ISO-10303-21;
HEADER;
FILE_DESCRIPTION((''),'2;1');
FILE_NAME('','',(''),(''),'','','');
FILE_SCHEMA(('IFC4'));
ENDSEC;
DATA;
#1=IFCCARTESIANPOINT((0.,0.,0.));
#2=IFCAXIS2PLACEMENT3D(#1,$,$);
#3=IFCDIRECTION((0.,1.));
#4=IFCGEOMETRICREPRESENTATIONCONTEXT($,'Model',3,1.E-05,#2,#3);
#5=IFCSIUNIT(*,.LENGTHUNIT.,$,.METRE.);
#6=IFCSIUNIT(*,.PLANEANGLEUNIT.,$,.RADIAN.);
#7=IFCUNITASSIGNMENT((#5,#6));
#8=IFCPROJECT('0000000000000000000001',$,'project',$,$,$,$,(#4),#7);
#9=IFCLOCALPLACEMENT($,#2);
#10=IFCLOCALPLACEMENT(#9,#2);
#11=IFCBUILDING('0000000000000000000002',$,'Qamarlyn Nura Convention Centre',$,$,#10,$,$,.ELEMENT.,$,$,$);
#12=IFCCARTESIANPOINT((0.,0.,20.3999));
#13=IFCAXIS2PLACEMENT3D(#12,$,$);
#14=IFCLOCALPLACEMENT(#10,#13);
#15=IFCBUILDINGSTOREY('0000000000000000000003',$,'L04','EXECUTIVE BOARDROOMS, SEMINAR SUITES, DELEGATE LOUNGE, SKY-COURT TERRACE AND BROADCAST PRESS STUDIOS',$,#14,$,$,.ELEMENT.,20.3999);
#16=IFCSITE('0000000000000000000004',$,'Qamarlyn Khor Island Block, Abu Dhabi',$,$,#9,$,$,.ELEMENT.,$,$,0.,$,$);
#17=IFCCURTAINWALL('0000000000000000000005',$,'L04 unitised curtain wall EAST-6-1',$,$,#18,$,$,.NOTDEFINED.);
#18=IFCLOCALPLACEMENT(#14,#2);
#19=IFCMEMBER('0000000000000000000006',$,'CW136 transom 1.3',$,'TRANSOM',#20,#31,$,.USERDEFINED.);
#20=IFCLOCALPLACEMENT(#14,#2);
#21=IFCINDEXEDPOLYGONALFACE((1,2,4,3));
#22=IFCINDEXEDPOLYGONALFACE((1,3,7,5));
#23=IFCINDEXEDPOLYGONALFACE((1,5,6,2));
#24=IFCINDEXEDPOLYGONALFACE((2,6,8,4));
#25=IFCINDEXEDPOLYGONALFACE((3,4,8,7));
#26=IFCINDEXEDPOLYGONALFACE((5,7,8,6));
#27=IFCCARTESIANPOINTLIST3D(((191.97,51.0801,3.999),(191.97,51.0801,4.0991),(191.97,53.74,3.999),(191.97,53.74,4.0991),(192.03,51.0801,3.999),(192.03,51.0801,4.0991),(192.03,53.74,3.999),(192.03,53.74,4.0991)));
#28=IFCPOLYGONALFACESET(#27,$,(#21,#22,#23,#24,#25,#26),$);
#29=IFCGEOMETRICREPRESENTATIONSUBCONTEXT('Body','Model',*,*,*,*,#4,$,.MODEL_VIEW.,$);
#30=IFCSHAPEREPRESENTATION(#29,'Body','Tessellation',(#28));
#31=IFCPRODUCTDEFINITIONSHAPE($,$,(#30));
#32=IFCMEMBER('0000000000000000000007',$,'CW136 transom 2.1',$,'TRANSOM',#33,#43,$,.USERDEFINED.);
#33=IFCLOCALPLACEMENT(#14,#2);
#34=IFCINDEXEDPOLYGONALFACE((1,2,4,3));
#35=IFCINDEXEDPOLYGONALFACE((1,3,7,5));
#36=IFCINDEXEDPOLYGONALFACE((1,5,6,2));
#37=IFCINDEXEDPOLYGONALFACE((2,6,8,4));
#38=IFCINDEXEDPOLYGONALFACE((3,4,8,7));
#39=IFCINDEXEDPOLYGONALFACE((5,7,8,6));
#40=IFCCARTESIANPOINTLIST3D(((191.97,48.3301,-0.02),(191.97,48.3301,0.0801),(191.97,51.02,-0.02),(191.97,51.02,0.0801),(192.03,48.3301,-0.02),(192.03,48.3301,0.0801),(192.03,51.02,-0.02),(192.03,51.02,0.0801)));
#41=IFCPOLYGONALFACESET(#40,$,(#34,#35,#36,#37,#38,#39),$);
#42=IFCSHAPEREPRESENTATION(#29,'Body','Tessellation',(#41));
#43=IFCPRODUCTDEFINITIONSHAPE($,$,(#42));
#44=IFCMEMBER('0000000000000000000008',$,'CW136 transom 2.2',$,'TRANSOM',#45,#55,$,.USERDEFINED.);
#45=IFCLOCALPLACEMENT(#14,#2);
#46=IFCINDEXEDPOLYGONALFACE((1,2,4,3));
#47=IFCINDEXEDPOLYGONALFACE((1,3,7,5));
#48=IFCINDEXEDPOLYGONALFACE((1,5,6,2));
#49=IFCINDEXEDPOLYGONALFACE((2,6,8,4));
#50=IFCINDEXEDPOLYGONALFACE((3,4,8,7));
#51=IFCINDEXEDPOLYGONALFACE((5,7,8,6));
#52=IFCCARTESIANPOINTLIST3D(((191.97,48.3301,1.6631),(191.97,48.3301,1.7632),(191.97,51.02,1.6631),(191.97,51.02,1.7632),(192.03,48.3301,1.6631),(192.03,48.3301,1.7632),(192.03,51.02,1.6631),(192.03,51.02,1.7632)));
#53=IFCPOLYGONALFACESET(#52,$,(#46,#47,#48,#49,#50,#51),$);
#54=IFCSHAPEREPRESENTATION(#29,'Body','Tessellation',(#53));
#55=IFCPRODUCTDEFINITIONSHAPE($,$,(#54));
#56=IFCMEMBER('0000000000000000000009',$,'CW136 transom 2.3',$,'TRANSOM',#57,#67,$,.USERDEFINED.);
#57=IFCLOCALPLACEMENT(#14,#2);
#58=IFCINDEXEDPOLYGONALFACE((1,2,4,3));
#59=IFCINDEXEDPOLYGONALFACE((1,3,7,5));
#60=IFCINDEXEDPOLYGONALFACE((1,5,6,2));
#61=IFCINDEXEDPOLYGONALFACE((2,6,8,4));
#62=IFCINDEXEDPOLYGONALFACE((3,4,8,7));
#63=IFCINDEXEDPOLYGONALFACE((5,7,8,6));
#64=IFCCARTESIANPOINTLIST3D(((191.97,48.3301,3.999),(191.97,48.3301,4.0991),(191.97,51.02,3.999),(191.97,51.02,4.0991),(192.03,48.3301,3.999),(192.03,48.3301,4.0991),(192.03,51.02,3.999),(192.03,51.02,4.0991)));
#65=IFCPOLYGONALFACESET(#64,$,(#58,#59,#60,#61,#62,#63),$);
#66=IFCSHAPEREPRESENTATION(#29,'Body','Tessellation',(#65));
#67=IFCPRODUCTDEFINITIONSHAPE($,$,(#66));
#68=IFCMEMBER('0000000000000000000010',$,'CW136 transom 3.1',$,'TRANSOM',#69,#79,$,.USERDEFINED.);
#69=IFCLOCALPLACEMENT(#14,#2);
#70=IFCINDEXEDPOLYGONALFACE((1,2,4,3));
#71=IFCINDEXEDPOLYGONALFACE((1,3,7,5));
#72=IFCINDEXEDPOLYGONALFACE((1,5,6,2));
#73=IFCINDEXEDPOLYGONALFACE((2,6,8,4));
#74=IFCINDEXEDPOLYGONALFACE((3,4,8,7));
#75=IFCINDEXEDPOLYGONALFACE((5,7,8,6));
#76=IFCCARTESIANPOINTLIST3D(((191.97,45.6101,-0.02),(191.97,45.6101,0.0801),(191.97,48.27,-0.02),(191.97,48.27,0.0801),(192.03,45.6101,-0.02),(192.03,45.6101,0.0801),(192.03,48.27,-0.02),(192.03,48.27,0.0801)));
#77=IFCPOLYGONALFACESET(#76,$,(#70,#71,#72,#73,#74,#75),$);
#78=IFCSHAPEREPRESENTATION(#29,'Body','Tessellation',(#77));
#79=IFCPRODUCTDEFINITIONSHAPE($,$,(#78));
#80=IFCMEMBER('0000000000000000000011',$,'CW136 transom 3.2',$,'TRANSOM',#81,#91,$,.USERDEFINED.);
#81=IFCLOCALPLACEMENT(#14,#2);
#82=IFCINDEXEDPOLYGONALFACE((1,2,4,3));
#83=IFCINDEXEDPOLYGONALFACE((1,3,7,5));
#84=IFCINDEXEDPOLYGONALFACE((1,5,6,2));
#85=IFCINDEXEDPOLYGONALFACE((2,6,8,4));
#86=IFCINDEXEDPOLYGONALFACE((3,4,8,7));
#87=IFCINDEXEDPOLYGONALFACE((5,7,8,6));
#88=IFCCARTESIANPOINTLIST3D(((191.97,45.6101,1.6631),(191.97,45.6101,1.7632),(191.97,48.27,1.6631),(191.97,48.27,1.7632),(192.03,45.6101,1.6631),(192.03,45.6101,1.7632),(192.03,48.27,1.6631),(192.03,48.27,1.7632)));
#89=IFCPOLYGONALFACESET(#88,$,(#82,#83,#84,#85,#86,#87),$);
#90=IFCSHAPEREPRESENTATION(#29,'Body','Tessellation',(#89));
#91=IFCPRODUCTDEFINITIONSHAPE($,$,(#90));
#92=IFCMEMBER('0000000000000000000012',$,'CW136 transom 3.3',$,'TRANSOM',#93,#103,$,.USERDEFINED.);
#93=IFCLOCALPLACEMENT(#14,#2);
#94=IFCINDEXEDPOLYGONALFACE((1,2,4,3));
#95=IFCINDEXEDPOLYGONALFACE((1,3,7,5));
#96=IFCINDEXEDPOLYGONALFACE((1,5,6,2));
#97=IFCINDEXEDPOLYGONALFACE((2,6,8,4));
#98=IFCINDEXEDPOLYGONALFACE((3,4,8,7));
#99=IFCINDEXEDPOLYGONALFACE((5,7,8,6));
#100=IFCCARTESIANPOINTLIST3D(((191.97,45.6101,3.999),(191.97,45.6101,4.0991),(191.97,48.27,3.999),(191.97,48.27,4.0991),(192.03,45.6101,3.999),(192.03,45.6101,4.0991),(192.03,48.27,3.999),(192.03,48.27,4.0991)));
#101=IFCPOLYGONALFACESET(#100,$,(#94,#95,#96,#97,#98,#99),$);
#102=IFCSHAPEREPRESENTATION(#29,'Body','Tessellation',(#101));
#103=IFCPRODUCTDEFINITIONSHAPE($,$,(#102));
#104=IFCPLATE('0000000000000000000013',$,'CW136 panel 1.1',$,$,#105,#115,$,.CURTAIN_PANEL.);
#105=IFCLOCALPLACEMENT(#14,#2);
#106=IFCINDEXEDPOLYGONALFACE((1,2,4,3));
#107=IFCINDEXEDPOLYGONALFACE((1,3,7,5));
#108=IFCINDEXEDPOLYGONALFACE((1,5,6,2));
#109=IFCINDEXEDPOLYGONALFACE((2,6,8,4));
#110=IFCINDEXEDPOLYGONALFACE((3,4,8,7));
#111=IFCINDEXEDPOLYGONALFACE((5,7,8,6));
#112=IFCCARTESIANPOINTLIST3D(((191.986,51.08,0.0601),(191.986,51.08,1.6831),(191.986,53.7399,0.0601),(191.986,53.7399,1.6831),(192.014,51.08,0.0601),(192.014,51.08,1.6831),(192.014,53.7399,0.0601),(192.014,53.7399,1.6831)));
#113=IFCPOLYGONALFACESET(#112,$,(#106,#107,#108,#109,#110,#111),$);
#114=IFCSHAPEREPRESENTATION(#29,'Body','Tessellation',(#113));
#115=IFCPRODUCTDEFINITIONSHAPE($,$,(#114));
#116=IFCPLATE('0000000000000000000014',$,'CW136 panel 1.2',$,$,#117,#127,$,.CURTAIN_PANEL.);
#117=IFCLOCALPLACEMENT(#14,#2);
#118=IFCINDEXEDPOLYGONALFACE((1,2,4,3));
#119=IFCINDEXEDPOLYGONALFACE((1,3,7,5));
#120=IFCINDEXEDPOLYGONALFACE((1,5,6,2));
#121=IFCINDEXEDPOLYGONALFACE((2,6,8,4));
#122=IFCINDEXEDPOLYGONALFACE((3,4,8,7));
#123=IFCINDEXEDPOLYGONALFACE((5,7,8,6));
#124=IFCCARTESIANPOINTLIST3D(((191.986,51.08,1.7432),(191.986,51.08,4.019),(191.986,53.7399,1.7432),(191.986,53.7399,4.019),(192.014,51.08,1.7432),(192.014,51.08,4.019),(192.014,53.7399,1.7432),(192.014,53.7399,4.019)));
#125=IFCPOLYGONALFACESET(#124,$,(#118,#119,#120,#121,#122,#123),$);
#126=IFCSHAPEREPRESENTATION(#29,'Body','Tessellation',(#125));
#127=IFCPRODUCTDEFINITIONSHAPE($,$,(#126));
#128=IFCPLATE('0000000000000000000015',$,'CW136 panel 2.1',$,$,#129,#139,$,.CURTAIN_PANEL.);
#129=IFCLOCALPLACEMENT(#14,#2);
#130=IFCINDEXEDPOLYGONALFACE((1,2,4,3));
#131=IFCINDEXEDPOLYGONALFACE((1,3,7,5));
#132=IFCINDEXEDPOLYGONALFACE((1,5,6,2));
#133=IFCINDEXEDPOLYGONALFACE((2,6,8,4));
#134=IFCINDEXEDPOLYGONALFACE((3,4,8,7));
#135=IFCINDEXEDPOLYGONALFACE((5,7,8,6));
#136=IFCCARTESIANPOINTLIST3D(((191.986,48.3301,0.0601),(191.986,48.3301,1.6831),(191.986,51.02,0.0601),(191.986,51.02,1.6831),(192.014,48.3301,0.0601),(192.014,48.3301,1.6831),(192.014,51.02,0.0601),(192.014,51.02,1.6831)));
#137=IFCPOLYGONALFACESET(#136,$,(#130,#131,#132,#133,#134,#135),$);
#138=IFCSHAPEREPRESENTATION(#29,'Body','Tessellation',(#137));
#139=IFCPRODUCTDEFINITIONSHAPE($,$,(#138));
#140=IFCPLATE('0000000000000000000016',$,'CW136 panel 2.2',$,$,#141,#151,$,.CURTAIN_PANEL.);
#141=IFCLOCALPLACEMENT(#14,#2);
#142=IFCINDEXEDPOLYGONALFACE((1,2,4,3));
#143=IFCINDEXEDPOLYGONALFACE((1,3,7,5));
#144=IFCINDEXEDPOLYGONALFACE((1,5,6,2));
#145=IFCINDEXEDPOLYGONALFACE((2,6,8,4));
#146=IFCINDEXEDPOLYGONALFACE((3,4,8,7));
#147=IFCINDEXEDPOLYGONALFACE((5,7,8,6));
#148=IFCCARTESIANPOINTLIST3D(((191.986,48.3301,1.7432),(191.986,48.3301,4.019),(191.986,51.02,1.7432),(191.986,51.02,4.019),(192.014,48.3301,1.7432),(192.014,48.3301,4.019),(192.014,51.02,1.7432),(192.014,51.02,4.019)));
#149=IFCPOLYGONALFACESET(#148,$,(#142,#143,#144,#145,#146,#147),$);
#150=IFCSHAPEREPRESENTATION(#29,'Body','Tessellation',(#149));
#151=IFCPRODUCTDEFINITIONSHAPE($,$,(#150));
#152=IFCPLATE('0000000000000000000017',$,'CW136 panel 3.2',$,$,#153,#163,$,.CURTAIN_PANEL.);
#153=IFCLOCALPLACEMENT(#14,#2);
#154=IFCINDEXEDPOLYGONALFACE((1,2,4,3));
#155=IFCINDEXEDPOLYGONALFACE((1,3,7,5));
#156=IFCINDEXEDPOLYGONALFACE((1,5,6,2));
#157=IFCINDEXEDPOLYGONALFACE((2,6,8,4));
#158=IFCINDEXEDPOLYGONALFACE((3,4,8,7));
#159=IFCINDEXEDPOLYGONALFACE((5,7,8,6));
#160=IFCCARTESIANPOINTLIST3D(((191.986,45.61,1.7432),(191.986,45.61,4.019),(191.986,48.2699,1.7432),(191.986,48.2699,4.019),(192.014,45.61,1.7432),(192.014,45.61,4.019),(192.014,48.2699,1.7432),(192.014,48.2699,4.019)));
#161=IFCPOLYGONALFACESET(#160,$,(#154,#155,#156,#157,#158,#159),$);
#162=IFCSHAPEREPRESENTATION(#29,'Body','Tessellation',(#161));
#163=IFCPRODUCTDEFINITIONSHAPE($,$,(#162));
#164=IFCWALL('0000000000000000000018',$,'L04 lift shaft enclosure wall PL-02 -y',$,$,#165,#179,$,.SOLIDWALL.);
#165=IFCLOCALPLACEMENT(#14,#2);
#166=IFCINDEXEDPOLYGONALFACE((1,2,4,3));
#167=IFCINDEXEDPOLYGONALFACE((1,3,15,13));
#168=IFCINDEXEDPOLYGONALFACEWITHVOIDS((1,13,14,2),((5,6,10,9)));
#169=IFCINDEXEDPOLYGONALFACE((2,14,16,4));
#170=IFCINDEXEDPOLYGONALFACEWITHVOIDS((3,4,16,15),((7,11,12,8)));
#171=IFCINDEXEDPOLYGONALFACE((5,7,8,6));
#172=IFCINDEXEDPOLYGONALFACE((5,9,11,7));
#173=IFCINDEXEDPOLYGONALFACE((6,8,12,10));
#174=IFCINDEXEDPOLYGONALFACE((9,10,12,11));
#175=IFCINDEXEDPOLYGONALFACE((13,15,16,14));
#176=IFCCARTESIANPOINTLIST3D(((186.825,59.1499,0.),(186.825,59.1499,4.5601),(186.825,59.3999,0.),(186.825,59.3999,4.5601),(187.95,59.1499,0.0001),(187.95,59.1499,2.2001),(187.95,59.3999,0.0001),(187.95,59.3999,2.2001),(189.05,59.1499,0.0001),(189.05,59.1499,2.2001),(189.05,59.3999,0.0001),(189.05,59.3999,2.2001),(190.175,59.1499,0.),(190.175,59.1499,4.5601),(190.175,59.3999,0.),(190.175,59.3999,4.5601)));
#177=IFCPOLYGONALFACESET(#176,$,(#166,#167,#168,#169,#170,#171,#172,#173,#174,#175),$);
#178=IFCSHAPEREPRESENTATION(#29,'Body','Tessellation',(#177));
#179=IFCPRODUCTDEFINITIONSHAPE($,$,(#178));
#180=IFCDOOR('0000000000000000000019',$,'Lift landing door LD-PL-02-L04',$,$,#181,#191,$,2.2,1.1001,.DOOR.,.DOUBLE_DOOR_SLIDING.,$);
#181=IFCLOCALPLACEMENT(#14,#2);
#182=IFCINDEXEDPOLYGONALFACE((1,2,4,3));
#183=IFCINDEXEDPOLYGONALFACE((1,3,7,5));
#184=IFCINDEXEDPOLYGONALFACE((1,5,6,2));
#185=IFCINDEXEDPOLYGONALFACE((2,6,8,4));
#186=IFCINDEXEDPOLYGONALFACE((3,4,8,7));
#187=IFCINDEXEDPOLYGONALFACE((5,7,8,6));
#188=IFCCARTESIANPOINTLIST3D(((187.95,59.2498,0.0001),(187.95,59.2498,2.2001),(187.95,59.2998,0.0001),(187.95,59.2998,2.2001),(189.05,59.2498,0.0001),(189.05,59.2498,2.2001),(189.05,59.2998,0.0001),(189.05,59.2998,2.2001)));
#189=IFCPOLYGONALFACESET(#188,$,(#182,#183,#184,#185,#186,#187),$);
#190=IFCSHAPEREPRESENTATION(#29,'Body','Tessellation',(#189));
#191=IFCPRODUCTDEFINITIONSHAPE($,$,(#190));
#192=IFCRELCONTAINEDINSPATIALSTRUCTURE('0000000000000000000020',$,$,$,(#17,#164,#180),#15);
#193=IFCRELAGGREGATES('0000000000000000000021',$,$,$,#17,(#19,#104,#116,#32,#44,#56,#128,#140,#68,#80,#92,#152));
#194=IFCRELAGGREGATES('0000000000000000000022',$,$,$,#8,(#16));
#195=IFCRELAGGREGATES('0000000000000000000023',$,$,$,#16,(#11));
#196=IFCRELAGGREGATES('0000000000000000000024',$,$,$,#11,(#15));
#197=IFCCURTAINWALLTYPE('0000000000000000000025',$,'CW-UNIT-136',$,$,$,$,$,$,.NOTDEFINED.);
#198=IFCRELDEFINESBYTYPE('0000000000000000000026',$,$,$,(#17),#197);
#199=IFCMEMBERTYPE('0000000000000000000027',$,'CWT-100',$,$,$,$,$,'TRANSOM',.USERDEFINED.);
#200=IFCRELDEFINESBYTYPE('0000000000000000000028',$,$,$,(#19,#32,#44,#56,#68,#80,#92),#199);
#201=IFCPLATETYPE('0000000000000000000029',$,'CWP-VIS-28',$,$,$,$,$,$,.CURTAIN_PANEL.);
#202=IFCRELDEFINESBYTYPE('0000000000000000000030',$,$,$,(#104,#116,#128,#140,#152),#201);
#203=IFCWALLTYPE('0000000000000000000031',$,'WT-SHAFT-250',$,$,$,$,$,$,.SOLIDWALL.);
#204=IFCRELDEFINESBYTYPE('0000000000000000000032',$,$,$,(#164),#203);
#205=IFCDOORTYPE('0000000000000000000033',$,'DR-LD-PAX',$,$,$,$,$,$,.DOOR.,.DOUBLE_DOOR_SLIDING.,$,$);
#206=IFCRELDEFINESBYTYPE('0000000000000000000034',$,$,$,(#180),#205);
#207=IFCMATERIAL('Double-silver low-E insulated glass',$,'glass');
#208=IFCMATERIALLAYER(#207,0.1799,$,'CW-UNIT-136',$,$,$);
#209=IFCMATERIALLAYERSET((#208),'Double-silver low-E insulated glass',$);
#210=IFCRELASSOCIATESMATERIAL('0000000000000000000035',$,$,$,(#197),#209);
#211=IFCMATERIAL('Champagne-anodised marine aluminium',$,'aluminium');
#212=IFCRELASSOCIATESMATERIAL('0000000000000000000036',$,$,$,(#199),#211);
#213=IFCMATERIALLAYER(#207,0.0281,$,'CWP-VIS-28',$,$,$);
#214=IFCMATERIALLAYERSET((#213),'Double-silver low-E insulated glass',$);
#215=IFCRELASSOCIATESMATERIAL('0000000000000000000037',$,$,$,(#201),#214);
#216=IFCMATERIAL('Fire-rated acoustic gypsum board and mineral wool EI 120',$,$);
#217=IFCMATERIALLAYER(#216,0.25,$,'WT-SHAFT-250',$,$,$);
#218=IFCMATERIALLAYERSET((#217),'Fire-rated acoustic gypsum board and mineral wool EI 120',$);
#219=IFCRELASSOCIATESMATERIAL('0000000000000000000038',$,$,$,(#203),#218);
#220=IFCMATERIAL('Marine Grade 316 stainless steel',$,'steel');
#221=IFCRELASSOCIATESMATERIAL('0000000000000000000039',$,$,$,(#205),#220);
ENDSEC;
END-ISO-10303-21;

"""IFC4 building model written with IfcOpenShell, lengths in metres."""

from ifc_helpers import new_model, si_unit, direction, frame, frame_2d, origin, origin_2d, place, context, subcontext, project, spatial, rectangle, extrude, material, layer, layer_set, material_profile, profile_set, type_object, element, fill, aggregate, save


model = new_model("IFC4")

# Units and contexts
model_context = context("Model", 3, precision=1e-05, world=origin(), true_north=direction((0.0, 1.0)))
body_context = subcontext(model_context, "Body", "Model", "MODEL_VIEW")
ifc_project = project(units=[si_unit("LENGTHUNIT", "METRE"), si_unit("PLANEANGLEUNIT", "RADIAN")], contexts=[model_context])

# Site, building, storey
site_placement = place(None, origin())
site = spatial("IfcSite", under=ifc_project, at=site_placement, Name="Qamarlyn Khor Island Block, Abu Dhabi", CompositionType="ELEMENT", RefElevation=0.0)
building_placement = place(site_placement, origin())
building = spatial("IfcBuilding", under=site, at=building_placement, Name="Qamarlyn Nura Convention Centre", CompositionType="ELEMENT")
storey_placement = place(building_placement, frame((0.0, 0.0, 20.3999)))
storey = spatial("IfcBuildingStorey", under=building, at=storey_placement, Name="L04", Description="EXECUTIVE BOARDROOMS, SEMINAR SUITES, DELEGATE LOUNGE, SKY-COURT TERRACE AND BROADCAST PRESS STUDIOS", CompositionType="ELEMENT", Elevation=20.3999)

# Curtain wall, members, plates
ifc_material_1 = material(Name="Double-silver low-E insulated glass", Category="glass")
ifc_layer_1 = layer(ifc_material_1, 0.1799, Name="CW-UNIT-136")
ifc_layer_set_1 = layer_set([ifc_layer_1], Name="Double-silver low-E insulated glass")
curtain_wall_type = type_object("IfcCurtainWallType", Name="CW-UNIT-136", PredefinedType="NOTDEFINED", material=ifc_layer_set_1)
curtain_wall_placement = place(storey_placement, origin())
curtain_wall = element("IfcCurtainWall", 1, at=curtain_wall_placement, inside=storey, type_object=curtain_wall_type, Name="L04 unitised curtain wall EAST-6-1", PredefinedType="NOTDEFINED")
ifc_material_2 = material(Name="Champagne-anodised marine aluminium", Category="aluminium")
ifc_material_profile_1 = material_profile(ifc_material_2, rectangle(XDim=0.0601, YDim=0.1001, at=origin_2d()), Name="ALU TRANSOM 60x100")
ifc_profile_set_1 = profile_set([ifc_material_profile_1], Name="Champagne-anodised marine aluminium")
member_type_1 = type_object("IfcMemberType", Name="CWT-100", ElementType="TRANSOM", PredefinedType="USERDEFINED", material=ifc_profile_set_1)
member_1_placement = place(storey_placement, frame((192.0, 53.74, 4.0491), z_axis=(0.0, -1.0, 0.0), x_axis=(1.0, 0.0, 0.0)))
member_1 = element("IfcMember", 2, at=member_1_placement, type_object=member_type_1, Name="CW136 transom 1.3", ObjectType="TRANSOM", PredefinedType="USERDEFINED", context=body_context, shape_type="SweptSolid", body=[
    extrude(rectangle(XDim=0.0601, YDim=0.1001, at=origin_2d()), origin(), (0.0, 0.0, 1.0), 2.6599),
])
member_2_placement = place(storey_placement, frame((192.0, 51.02, 0.03), z_axis=(0.0, -1.0, 0.0), x_axis=(1.0, 0.0, 0.0)))
member_2 = element("IfcMember", 3, at=member_2_placement, type_object=member_type_1, Name="CW136 transom 2.1", ObjectType="TRANSOM", PredefinedType="USERDEFINED", context=body_context, shape_type="SweptSolid", body=[
    extrude(rectangle(XDim=0.0601, YDim=0.1001, at=origin_2d()), origin(), (0.0, 0.0, 1.0), 2.6899),
])
member_3_placement = place(storey_placement, frame((192.0, 51.02, 1.7131), z_axis=(0.0, -1.0, 0.0), x_axis=(1.0, 0.0, 0.0)))
member_3 = element("IfcMember", 4, at=member_3_placement, type_object=member_type_1, Name="CW136 transom 2.2", ObjectType="TRANSOM", PredefinedType="USERDEFINED", context=body_context, shape_type="SweptSolid", body=[
    extrude(rectangle(XDim=0.0601, YDim=0.1001, at=origin_2d()), origin(), (0.0, 0.0, 1.0), 2.6899),
])
member_4_placement = place(storey_placement, frame((192.0, 51.02, 4.0491), z_axis=(0.0, -1.0, 0.0), x_axis=(1.0, 0.0, 0.0)))
member_4 = element("IfcMember", 5, at=member_4_placement, type_object=member_type_1, Name="CW136 transom 2.3", ObjectType="TRANSOM", PredefinedType="USERDEFINED", context=body_context, shape_type="SweptSolid", body=[
    extrude(rectangle(XDim=0.0601, YDim=0.1001, at=origin_2d()), origin(), (0.0, 0.0, 1.0), 2.6899),
])
member_5_placement = place(storey_placement, frame((192.0, 48.27, 0.03), z_axis=(0.0, -1.0, 0.0), x_axis=(1.0, 0.0, 0.0)))
member_5 = element("IfcMember", 6, at=member_5_placement, type_object=member_type_1, Name="CW136 transom 3.1", ObjectType="TRANSOM", PredefinedType="USERDEFINED", context=body_context, shape_type="SweptSolid", body=[
    extrude(rectangle(XDim=0.0601, YDim=0.1001, at=origin_2d()), origin(), (0.0, 0.0, 1.0), 2.6599),
])
member_6_placement = place(storey_placement, frame((192.0, 48.27, 1.7131), z_axis=(0.0, -1.0, 0.0), x_axis=(1.0, 0.0, 0.0)))
member_6 = element("IfcMember", 7, at=member_6_placement, type_object=member_type_1, Name="CW136 transom 3.2", ObjectType="TRANSOM", PredefinedType="USERDEFINED", context=body_context, shape_type="SweptSolid", body=[
    extrude(rectangle(XDim=0.0601, YDim=0.1001, at=origin_2d()), origin(), (0.0, 0.0, 1.0), 2.6599),
])
member_7_placement = place(storey_placement, frame((192.0, 48.27, 4.0491), z_axis=(0.0, -1.0, 0.0), x_axis=(1.0, 0.0, 0.0)))
member_7 = element("IfcMember", 8, at=member_7_placement, type_object=member_type_1, Name="CW136 transom 3.3", ObjectType="TRANSOM", PredefinedType="USERDEFINED", context=body_context, shape_type="SweptSolid", body=[
    extrude(rectangle(XDim=0.0601, YDim=0.1001, at=origin_2d()), origin(), (0.0, 0.0, 1.0), 2.6599),
])
ifc_layer_2 = layer(ifc_material_1, 0.0281, Name="CWP-VIS-28")
ifc_layer_set_2 = layer_set([ifc_layer_2], Name="Double-silver low-E insulated glass")
plate_type = type_object("IfcPlateType", Name="CWP-VIS-28", PredefinedType="CURTAIN_PANEL", material=ifc_layer_set_2)
plate_1_placement = place(storey_placement, frame((192.0, 52.4099, 0.0601), z_axis=(0.0, 0.0, 1.0), x_axis=(0.0, -1.0, 0.0)))
plate_1 = element("IfcPlate", 9, at=plate_1_placement, type_object=plate_type, Name="CW136 panel 1.1", PredefinedType="CURTAIN_PANEL", context=body_context, shape_type="SweptSolid", body=[
    extrude(rectangle(XDim=2.6599, YDim=0.0281, at=origin_2d()), origin(), (0.0, 0.0, 1.0), 1.623),
])
plate_2_placement = place(storey_placement, frame((192.0, 52.4099, 1.7432), z_axis=(0.0, 0.0, 1.0), x_axis=(0.0, -1.0, 0.0)))
plate_2 = element("IfcPlate", 10, at=plate_2_placement, type_object=plate_type, Name="CW136 panel 1.2", PredefinedType="CURTAIN_PANEL", context=body_context, shape_type="SweptSolid", body=[
    extrude(rectangle(XDim=2.6599, YDim=0.0281, at=origin_2d()), origin(), (0.0, 0.0, 1.0), 2.2759),
])
plate_3_placement = place(storey_placement, frame((192.0, 49.675, 0.0601), z_axis=(0.0, 0.0, 1.0), x_axis=(0.0, -1.0, 0.0)))
plate_3 = element("IfcPlate", 11, at=plate_3_placement, type_object=plate_type, Name="CW136 panel 2.1", PredefinedType="CURTAIN_PANEL", context=body_context, shape_type="SweptSolid", body=[
    extrude(rectangle(XDim=2.6899, YDim=0.0281, at=origin_2d()), origin(), (0.0, 0.0, 1.0), 1.623),
])
plate_4_placement = place(storey_placement, frame((192.0, 49.675, 1.7432), z_axis=(0.0, 0.0, 1.0), x_axis=(0.0, -1.0, 0.0)))
plate_4 = element("IfcPlate", 12, at=plate_4_placement, type_object=plate_type, Name="CW136 panel 2.2", PredefinedType="CURTAIN_PANEL", context=body_context, shape_type="SweptSolid", body=[
    extrude(rectangle(XDim=2.6899, YDim=0.0281, at=origin_2d()), origin(), (0.0, 0.0, 1.0), 2.2759),
])
plate_5_placement = place(storey_placement, frame((192.0, 46.9399, 1.7432), z_axis=(0.0, 0.0, 1.0), x_axis=(0.0, -1.0, 0.0)))
plate_5 = element("IfcPlate", 13, at=plate_5_placement, type_object=plate_type, Name="CW136 panel 3.2", PredefinedType="CURTAIN_PANEL", context=body_context, shape_type="SweptSolid", body=[
    extrude(rectangle(XDim=2.6599, YDim=0.0281, at=origin_2d()), origin(), (0.0, 0.0, 1.0), 2.2759),
])
aggregate(curtain_wall, [member_1, plate_1, plate_2, member_2, member_3, member_4, plate_3, plate_4, member_5, member_6, member_7, plate_5])

# Wall, opening, door
ifc_material_3 = material(Name="Fire-rated acoustic gypsum board and mineral wool EI 120")
ifc_layer_3 = layer(ifc_material_3, 0.25, Name="WT-SHAFT-250")
ifc_layer_set_3 = layer_set([ifc_layer_3], Name="Fire-rated acoustic gypsum board and mineral wool EI 120")
wall_type = type_object("IfcWallType", Name="WT-SHAFT-250", PredefinedType="SOLIDWALL", material=ifc_layer_set_3)
wall_1_placement = place(storey_placement, frame((186.825, 59.2749, 0.0), z_axis=(0.0, 0.0, 1.0), x_axis=(1.0, 0.0, 0.0)))
wall_1 = element("IfcWall", 14, at=wall_1_placement, inside=storey, type_object=wall_type, Name="L04 lift shaft enclosure wall PL-02 -y", PredefinedType="SOLIDWALL", context=body_context, shape_type="SweptSolid", body=[
    extrude(rectangle(XDim=3.3501, YDim=0.25, at=frame_2d((1.675, 0.0))), origin(), (0.0, 0.0, 1.0), 4.5601),
])
opening_1_placement = place(wall_1_placement, frame((1.125, 0.0, 0.0)))
opening_1 = element("IfcOpeningElement", 15, at=opening_1_placement, cuts=wall_1, PredefinedType="OPENING", context=body_context, shape_type="SweptSolid", body=[
    extrude(rectangle(XDim=1.1001, YDim=2.2, at=frame_2d((0.55, 1.1001))), frame((0.0, 0.135, 0.0), z_axis=(0.0, -1.0, 0.0), x_axis=(1.0, 0.0, 0.0)), (0.0, 0.0, 1.0), 0.27),
])
ifc_material_4 = material(Name="Marine Grade 316 stainless steel", Category="steel")
door_type = type_object("IfcDoorType", Name="DR-LD-PAX", OperationType="DOUBLE_DOOR_SLIDING", PredefinedType="DOOR", material=ifc_material_4)
door_1_placement = place(opening_1_placement, origin())
door_1 = element("IfcDoor", 16, at=door_1_placement, inside=storey, type_object=door_type, Name="Lift landing door LD-PL-02-L04", OperationType="DOUBLE_DOOR_SLIDING", OverallHeight=2.2, OverallWidth=1.1001, PredefinedType="DOOR", context=body_context, shape_type="SweptSolid", body=[
    extrude(rectangle(XDim=1.1001, YDim=2.2, at=frame_2d((0.55, 1.1001))), frame((0.0, 0.0249, 0.0), z_axis=(0.0, -1.0, 0.0), x_axis=(1.0, 0.0, 0.0)), (0.0, 0.0, 1.0), 0.05),
])
fill(opening_1, door_1)

save(model, "model.ifc")
